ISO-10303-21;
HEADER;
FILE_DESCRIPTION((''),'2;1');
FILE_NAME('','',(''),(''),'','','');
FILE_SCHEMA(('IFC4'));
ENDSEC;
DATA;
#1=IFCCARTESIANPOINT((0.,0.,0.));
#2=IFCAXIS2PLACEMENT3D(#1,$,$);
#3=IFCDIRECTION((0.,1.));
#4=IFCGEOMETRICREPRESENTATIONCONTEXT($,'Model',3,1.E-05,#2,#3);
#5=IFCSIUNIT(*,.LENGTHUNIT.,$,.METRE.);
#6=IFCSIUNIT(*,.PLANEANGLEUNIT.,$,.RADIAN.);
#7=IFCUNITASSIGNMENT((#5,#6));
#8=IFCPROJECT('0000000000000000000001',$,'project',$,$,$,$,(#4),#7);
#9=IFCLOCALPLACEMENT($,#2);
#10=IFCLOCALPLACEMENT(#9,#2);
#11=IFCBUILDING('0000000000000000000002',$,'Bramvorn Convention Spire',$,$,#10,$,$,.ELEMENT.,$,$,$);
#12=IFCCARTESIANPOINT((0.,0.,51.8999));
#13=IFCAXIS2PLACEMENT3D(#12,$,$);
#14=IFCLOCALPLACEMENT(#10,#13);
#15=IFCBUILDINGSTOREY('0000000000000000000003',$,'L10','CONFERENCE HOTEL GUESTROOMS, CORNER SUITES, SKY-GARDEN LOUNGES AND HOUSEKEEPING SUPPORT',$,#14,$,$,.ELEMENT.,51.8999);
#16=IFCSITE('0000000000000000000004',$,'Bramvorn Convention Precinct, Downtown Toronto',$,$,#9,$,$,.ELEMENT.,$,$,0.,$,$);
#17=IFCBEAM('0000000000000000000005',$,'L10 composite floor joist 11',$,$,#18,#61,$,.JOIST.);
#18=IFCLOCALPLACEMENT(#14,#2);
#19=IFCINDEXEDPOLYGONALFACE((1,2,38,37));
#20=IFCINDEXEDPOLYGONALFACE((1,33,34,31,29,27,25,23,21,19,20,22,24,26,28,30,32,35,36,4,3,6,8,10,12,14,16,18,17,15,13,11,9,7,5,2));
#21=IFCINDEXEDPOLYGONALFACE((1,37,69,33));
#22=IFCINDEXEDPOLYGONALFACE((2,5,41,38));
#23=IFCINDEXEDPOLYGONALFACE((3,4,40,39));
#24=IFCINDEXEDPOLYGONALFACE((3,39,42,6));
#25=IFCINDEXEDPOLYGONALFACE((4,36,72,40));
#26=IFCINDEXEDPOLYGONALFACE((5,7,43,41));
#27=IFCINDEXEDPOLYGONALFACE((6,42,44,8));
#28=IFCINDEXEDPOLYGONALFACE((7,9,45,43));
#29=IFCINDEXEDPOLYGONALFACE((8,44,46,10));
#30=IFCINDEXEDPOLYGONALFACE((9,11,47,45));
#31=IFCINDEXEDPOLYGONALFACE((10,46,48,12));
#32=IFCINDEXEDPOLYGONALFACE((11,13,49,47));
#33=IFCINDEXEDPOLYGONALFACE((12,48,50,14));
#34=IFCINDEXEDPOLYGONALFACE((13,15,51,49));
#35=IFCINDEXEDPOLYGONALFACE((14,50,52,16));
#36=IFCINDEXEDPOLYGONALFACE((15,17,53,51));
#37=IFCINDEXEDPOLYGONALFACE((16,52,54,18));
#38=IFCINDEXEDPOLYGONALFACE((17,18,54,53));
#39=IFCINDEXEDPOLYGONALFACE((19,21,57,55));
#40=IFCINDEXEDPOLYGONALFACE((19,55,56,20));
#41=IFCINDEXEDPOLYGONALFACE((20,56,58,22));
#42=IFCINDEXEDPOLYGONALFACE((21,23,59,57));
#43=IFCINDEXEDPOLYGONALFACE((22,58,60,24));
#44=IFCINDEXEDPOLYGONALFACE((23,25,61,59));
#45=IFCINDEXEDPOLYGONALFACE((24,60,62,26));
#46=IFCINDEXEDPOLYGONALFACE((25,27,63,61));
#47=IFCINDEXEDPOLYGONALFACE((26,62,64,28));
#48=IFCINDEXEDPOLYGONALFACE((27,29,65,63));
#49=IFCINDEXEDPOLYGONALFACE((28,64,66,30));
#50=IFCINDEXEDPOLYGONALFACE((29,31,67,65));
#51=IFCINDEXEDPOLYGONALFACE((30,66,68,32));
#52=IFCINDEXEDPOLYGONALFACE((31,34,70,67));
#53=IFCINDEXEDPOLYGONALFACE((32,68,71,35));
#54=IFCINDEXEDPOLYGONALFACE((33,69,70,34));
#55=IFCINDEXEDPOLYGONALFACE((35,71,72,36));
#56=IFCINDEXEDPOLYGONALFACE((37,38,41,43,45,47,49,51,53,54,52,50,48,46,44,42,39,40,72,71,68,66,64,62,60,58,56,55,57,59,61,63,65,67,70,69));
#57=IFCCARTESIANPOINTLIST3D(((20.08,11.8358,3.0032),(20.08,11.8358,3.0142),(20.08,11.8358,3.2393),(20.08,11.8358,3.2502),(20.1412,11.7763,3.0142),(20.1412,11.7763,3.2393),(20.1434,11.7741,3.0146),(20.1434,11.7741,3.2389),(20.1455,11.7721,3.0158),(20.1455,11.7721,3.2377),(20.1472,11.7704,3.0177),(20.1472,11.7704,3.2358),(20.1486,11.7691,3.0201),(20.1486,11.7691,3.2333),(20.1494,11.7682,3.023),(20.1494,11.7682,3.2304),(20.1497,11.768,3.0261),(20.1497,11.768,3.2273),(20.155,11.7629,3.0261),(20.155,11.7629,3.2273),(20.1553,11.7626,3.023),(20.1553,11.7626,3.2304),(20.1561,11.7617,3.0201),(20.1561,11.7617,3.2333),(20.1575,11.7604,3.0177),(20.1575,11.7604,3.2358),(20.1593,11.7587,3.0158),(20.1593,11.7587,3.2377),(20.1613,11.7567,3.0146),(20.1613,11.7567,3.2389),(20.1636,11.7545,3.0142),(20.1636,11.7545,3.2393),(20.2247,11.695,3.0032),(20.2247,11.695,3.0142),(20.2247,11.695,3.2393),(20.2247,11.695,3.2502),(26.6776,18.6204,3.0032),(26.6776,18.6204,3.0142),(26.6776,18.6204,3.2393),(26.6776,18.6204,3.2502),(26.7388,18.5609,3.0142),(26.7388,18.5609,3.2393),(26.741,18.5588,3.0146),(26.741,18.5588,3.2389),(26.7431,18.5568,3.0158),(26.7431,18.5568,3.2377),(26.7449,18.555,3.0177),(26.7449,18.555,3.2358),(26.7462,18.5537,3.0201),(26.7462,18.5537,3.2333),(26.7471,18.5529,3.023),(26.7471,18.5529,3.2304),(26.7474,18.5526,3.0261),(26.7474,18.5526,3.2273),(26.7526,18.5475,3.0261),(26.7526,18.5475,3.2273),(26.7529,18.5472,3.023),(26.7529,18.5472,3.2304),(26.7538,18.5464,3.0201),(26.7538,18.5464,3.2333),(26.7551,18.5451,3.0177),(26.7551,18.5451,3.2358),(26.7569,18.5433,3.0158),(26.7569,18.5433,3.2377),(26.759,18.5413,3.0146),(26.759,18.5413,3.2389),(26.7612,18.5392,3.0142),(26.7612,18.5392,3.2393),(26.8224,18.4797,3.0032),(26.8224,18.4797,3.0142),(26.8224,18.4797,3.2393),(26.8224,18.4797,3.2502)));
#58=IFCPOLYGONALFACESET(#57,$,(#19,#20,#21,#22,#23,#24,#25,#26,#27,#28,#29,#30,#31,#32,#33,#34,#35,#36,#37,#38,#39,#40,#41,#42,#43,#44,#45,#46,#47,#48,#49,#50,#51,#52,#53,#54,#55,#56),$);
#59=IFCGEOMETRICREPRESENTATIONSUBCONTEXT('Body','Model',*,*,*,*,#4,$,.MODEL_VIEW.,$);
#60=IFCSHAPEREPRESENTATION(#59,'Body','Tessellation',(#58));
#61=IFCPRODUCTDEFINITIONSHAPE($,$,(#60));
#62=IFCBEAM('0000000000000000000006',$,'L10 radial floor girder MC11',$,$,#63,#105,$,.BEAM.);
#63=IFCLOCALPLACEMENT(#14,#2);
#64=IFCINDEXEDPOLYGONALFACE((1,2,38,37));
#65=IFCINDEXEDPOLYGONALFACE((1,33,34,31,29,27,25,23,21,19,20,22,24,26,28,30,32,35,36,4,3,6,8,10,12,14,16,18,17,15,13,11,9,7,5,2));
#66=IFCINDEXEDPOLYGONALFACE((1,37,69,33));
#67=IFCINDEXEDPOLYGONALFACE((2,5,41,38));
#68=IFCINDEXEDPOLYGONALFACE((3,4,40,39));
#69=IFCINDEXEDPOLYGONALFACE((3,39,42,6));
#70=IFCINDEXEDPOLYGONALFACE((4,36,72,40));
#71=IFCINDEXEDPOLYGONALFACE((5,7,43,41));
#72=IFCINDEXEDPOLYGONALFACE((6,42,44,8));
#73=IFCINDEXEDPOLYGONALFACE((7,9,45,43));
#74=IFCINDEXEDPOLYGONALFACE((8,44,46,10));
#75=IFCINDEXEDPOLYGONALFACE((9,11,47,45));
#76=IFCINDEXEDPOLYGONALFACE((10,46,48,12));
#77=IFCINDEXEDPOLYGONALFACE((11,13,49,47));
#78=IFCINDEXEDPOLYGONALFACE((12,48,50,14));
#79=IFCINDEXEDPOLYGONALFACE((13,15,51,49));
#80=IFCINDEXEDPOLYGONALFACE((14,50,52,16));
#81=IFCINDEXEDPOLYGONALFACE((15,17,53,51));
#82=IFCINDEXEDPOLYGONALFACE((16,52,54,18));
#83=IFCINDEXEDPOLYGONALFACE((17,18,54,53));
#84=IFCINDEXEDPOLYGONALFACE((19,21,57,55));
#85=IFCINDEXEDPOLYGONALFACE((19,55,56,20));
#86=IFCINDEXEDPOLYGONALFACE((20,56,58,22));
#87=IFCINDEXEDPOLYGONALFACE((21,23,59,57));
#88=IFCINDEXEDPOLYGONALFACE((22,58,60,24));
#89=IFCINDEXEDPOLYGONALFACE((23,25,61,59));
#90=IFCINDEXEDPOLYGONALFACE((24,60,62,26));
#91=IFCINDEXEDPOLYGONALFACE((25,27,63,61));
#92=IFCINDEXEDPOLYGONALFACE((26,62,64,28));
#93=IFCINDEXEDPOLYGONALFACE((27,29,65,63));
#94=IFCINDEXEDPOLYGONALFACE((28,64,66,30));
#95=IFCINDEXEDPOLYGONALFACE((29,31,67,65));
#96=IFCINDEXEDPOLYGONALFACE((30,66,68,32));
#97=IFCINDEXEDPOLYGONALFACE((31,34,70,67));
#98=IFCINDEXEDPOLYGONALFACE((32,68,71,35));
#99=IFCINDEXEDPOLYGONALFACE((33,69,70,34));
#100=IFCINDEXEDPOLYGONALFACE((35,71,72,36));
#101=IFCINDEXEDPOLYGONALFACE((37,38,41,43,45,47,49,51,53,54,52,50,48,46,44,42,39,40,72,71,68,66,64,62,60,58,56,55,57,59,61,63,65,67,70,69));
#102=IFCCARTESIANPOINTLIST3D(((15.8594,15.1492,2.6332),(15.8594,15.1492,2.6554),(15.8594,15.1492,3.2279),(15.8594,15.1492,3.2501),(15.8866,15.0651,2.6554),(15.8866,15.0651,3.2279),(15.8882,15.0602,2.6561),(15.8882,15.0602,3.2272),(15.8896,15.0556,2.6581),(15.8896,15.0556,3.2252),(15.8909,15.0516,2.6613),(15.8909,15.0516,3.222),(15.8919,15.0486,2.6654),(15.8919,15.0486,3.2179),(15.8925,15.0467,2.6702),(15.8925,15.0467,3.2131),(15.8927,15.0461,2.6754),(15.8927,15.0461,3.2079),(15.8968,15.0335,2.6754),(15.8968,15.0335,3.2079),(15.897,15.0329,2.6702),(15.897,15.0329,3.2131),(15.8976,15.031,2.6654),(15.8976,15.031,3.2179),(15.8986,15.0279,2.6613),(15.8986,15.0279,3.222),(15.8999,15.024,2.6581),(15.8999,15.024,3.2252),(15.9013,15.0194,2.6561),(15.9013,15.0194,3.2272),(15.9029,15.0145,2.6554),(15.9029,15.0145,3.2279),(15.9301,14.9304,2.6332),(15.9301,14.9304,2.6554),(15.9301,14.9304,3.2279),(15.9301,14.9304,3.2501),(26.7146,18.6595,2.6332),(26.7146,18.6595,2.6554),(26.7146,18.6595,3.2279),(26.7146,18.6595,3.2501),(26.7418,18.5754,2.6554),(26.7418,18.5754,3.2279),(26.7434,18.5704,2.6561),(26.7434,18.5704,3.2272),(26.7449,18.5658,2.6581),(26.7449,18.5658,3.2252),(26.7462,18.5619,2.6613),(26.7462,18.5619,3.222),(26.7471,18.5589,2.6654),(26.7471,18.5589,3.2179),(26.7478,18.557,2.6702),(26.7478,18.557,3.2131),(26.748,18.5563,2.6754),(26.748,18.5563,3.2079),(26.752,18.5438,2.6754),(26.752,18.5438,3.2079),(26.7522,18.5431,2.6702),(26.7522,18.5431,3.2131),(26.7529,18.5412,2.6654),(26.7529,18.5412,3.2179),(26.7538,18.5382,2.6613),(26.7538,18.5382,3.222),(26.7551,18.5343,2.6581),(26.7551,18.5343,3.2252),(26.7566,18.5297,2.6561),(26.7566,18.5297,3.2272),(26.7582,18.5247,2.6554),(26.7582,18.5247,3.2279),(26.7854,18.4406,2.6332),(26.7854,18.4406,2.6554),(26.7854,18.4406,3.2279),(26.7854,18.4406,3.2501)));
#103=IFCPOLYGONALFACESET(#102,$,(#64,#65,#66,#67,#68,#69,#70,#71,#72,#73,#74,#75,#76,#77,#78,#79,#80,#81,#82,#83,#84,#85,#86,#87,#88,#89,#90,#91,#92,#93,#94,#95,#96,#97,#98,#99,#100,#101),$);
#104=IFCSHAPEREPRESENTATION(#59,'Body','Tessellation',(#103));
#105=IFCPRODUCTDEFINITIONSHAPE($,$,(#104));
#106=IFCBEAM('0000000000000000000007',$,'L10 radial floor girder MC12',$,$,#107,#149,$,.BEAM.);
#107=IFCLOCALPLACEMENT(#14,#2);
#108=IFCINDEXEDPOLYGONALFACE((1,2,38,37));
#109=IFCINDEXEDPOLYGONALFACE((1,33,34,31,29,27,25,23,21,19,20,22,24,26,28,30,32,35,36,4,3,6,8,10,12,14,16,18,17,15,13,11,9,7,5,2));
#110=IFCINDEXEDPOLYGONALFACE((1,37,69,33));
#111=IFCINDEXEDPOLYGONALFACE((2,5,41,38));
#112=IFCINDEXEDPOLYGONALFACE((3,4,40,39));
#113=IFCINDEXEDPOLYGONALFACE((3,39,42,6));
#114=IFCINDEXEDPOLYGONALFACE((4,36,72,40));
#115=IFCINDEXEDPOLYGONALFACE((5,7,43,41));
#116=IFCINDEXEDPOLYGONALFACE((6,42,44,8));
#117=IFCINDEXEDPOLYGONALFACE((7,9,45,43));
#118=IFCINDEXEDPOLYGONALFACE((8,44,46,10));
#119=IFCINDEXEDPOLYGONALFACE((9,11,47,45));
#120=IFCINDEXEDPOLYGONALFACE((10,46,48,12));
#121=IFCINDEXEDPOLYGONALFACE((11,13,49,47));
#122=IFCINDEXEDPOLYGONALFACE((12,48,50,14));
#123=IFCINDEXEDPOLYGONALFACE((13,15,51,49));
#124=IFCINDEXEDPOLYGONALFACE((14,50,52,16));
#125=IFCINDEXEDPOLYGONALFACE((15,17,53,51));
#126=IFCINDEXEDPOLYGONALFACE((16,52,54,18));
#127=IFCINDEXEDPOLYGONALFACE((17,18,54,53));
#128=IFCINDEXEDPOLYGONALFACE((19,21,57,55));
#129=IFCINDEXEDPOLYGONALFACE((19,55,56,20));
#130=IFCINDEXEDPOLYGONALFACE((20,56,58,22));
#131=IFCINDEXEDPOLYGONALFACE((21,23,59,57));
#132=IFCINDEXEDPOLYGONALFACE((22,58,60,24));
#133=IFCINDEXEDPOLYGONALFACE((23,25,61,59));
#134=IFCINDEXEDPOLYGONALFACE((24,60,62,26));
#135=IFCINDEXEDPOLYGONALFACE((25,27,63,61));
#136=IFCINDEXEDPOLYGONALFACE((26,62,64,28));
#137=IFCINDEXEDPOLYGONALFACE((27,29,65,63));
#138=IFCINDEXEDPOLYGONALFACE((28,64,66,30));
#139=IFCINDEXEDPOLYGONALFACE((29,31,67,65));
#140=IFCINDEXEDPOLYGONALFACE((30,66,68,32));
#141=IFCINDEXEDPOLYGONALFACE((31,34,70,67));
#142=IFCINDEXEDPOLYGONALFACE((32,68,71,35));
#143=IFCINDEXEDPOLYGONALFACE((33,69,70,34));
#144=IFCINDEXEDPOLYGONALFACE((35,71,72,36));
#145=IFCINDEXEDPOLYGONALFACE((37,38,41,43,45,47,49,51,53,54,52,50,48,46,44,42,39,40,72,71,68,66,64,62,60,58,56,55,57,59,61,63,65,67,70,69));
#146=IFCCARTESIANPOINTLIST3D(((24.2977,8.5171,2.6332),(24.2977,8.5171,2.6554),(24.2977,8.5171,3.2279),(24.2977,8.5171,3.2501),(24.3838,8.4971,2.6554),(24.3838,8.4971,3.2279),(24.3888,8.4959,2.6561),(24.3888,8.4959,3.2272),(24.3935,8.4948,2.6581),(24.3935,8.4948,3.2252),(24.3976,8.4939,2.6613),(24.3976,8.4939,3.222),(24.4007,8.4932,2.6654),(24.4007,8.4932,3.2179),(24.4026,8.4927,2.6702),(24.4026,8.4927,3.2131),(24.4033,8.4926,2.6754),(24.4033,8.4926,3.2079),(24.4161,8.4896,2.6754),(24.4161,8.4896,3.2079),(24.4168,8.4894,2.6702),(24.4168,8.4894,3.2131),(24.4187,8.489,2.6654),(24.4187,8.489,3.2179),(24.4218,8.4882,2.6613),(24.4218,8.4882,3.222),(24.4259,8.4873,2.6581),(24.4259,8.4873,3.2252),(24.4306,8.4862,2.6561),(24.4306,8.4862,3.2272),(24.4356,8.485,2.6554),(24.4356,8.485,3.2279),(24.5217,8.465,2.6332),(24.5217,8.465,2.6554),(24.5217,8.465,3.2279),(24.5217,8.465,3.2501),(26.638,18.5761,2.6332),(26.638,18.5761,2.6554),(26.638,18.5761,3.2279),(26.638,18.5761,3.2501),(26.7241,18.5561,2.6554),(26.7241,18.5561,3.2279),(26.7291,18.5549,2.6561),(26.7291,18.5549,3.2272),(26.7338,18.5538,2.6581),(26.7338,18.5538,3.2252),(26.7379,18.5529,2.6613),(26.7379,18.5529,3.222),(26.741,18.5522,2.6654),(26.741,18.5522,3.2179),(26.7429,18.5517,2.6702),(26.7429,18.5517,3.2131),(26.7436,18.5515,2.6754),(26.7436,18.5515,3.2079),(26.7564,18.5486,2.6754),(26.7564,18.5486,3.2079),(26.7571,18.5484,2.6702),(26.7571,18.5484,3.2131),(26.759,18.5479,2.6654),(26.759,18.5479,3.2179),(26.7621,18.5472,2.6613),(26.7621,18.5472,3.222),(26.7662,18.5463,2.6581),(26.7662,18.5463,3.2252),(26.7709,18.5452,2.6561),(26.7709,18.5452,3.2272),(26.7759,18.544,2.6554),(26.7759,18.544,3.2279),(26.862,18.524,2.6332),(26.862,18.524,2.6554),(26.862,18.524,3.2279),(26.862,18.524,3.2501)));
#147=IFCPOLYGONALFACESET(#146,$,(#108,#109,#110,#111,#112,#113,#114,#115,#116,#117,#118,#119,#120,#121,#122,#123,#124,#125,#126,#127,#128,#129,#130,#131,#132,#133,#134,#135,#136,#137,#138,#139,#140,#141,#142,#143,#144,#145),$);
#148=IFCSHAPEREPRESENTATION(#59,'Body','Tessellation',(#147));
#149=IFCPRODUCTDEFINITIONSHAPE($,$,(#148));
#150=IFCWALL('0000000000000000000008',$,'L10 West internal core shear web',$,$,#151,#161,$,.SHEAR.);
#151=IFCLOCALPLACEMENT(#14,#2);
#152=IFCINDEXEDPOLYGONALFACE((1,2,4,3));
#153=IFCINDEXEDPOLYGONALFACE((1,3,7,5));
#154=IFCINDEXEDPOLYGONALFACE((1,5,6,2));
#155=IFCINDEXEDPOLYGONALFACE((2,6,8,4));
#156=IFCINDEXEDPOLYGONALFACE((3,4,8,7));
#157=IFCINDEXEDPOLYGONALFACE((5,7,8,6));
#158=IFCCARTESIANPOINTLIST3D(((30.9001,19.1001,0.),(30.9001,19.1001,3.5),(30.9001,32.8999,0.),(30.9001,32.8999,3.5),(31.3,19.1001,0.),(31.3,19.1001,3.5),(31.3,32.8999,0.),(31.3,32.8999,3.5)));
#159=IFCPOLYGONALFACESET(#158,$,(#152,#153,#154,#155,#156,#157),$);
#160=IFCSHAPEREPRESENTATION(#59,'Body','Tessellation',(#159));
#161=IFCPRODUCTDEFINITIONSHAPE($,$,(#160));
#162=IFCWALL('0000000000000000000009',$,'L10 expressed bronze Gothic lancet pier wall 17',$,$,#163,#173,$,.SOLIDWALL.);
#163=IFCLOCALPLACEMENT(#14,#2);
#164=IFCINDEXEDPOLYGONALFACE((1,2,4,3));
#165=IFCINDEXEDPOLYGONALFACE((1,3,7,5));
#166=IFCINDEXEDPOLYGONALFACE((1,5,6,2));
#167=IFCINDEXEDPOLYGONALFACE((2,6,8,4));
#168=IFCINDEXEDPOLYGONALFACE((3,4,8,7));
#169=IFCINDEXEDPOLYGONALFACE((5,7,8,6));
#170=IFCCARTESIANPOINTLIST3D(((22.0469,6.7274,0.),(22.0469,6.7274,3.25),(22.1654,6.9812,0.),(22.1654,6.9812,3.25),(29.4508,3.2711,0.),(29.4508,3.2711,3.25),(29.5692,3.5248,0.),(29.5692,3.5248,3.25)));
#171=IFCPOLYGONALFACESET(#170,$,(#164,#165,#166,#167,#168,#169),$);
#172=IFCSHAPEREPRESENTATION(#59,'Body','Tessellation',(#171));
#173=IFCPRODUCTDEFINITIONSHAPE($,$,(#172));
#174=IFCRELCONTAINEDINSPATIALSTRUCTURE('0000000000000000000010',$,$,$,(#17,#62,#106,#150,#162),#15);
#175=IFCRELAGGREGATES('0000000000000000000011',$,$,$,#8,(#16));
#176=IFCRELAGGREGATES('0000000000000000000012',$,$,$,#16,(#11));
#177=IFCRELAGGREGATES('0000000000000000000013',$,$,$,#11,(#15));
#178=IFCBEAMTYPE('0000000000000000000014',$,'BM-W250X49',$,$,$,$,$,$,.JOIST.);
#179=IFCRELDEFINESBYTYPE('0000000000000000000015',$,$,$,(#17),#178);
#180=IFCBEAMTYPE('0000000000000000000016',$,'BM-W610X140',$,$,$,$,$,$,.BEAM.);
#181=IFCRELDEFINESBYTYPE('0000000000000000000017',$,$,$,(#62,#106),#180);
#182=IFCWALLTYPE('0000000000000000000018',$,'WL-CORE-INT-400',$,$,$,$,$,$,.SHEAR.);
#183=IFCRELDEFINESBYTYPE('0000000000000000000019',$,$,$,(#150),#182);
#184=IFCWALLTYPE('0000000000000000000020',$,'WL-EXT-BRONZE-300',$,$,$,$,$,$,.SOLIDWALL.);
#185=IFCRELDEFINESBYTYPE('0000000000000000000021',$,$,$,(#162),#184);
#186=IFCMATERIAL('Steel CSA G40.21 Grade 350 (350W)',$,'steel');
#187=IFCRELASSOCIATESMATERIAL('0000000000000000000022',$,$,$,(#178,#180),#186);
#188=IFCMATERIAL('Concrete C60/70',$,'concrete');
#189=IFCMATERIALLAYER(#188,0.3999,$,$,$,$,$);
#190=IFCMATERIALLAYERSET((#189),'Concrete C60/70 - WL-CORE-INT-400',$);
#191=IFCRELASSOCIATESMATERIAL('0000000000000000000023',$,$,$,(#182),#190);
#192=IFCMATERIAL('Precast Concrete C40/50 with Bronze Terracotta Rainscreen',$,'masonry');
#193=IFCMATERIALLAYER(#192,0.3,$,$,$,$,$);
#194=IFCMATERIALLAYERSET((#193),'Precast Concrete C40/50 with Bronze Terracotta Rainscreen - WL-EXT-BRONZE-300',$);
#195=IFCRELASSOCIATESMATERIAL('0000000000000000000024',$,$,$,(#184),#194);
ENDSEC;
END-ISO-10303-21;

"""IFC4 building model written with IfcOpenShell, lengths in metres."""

from ifc_helpers import new_model, si_unit, direction, frame, frame_2d, origin, origin_2d, place, context, subcontext, project, spatial, rectangle, i_section, extrude, material, layer, layer_set, material_profile, profile_set, type_object, element, save


model = new_model("IFC4")

# Units and contexts
model_context = context("Model", 3, precision=1e-05, world=origin(), true_north=direction((0.0, 1.0)))
body_context = subcontext(model_context, "Body", "Model", "MODEL_VIEW")
ifc_project = project(units=[si_unit("LENGTHUNIT", "METRE"), si_unit("PLANEANGLEUNIT", "RADIAN")], contexts=[model_context])

# Site, building, storey
site_placement = place(None, origin())
site = spatial("IfcSite", under=ifc_project, at=site_placement, Name="Bramvorn Convention Precinct, Downtown Toronto", CompositionType="ELEMENT", RefElevation=0.0)
building_placement = place(site_placement, origin())
building = spatial("IfcBuilding", under=site, at=building_placement, Name="Bramvorn Convention Spire", CompositionType="ELEMENT")
storey_placement = place(building_placement, frame((0.0, 0.0, 51.8999)))
storey = spatial("IfcBuildingStorey", under=building, at=storey_placement, Name="L10", Description="CONFERENCE HOTEL GUESTROOMS, CORNER SUITES, SKY-GARDEN LOUNGES AND HOUSEKEEPING SUPPORT", CompositionType="ELEMENT", Elevation=51.8999)

# Beams
ifc_material_1 = material(Name="Steel CSA G40.21 Grade 350 (350W)", Category="steel")
ifc_material_profile_1 = material_profile(ifc_material_1, i_section(OverallWidth=0.2019, OverallDepth=0.2471, WebThickness=0.0073, FlangeThickness=0.011, FilletRadius=0.012, at=origin_2d()))
ifc_profile_set_1 = profile_set([ifc_material_profile_1], Name="Steel CSA G40.21 Grade 350 (350W) - W250X49")
beam_type_1 = type_object("IfcBeamType", Name="BM-W250X49", PredefinedType="JOIST", material=ifc_profile_set_1)
beam_1_placement = place(storey_placement, frame((26.75, 18.55, 3.1267), z_axis=(-0.697157, -0.716918, 0.0), x_axis=(0.716918, -0.697157, 0.0)))
element("IfcBeam", 1, at=beam_1_placement, inside=storey, type_object=beam_type_1, Name="L10 composite floor joist 11", PredefinedType="JOIST", context=body_context, shape_type="SweptSolid", body=[
    extrude(i_section(OverallWidth=0.2019, OverallDepth=0.2471, WebThickness=0.0073, FlangeThickness=0.011, FilletRadius=0.012, at=origin_2d()), origin(), (0.0, 0.0, 1.0), 9.4636),
])
ifc_material_profile_2 = material_profile(ifc_material_1, i_section(OverallWidth=0.23, OverallDepth=0.6169, WebThickness=0.0132, FlangeThickness=0.0222, FilletRadius=0.02, at=origin_2d()))
ifc_profile_set_2 = profile_set([ifc_material_profile_2], Name="Steel CSA G40.21 Grade 350 (350W) - W610X140")
beam_type_2 = type_object("IfcBeamType", Name="BM-W610X140", PredefinedType="BEAM", material=ifc_profile_set_2)
beam_2_placement = place(storey_placement, frame((26.75, 18.55, 2.9417), z_axis=(-0.951489, -0.307683, 0.0), x_axis=(0.307683, -0.951489, 0.0)))
element("IfcBeam", 2, at=beam_2_placement, inside=storey, type_object=beam_type_2, Name="L10 radial floor girder MC11", PredefinedType="BEAM", context=body_context, shape_type="SweptSolid", body=[
    extrude(i_section(OverallWidth=0.23, OverallDepth=0.6169, WebThickness=0.0132, FlangeThickness=0.0222, FilletRadius=0.02, at=origin_2d()), origin(), (0.0, 0.0, 1.0), 11.4087),
])
beam_3_placement = place(storey_placement, frame((26.75, 18.55, 2.9417), z_axis=(-0.226606, -0.973986, 0.0), x_axis=(0.973986, -0.226606, 0.0)))
element("IfcBeam", 3, at=beam_3_placement, inside=storey, type_object=beam_type_2, Name="L10 radial floor girder MC12", PredefinedType="BEAM", context=body_context, shape_type="SweptSolid", body=[
    extrude(i_section(OverallWidth=0.23, OverallDepth=0.6169, WebThickness=0.0132, FlangeThickness=0.0222, FilletRadius=0.02, at=origin_2d()), origin(), (0.0, 0.0, 1.0), 10.3276),
])

# Shared definitions
ifc_material_2 = material(Name="Concrete C60/70", Category="concrete")

# Walls
ifc_layer_1 = layer(ifc_material_2, 0.3999)
ifc_layer_set_1 = layer_set([ifc_layer_1], Name="Concrete C60/70 - WL-CORE-INT-400")
wall_type_1 = type_object("IfcWallType", Name="WL-CORE-INT-400", PredefinedType="SHEAR", material=ifc_layer_set_1)
wall_1_placement = place(storey_placement, frame((31.1001, 19.1001, 0.0), z_axis=(0.0, 0.0, 1.0), x_axis=(0.0, 1.0, 0.0)))
element("IfcWall", 4, at=wall_1_placement, inside=storey, type_object=wall_type_1, Name="L10 West internal core shear web", PredefinedType="SHEAR", context=body_context, shape_type="SweptSolid", body=[
    extrude(rectangle(XDim=13.7998, YDim=0.3999, at=frame_2d((6.8999, 0.0))), origin(), (0.0, 0.0, 1.0), 3.5),
])
ifc_material_3 = material(Name="Precast Concrete C40/50 with Bronze Terracotta Rainscreen", Category="masonry")
ifc_layer_2 = layer(ifc_material_3, 0.3)
ifc_layer_set_2 = layer_set([ifc_layer_2], Name="Precast Concrete C40/50 with Bronze Terracotta Rainscreen - WL-EXT-BRONZE-300")
wall_type_2 = type_object("IfcWallType", Name="WL-EXT-BRONZE-300", PredefinedType="SOLIDWALL", material=ifc_layer_set_2)
wall_2_placement = place(storey_placement, frame((29.51, 3.3979, 0.0), z_axis=(0.0, 0.0, 1.0), x_axis=(-0.906127, 0.423005, 0.0)))
element("IfcWall", 5, at=wall_2_placement, inside=storey, type_object=wall_type_2, Name="L10 expressed bronze Gothic lancet pier wall 17", PredefinedType="SOLIDWALL", context=body_context, shape_type="SweptSolid", body=[
    extrude(rectangle(XDim=8.1709, YDim=0.28, at=frame_2d((4.0854, 0.0))), origin(), (0.0, 0.0, 1.0), 3.25),
])

save(model, "model.ifc")
